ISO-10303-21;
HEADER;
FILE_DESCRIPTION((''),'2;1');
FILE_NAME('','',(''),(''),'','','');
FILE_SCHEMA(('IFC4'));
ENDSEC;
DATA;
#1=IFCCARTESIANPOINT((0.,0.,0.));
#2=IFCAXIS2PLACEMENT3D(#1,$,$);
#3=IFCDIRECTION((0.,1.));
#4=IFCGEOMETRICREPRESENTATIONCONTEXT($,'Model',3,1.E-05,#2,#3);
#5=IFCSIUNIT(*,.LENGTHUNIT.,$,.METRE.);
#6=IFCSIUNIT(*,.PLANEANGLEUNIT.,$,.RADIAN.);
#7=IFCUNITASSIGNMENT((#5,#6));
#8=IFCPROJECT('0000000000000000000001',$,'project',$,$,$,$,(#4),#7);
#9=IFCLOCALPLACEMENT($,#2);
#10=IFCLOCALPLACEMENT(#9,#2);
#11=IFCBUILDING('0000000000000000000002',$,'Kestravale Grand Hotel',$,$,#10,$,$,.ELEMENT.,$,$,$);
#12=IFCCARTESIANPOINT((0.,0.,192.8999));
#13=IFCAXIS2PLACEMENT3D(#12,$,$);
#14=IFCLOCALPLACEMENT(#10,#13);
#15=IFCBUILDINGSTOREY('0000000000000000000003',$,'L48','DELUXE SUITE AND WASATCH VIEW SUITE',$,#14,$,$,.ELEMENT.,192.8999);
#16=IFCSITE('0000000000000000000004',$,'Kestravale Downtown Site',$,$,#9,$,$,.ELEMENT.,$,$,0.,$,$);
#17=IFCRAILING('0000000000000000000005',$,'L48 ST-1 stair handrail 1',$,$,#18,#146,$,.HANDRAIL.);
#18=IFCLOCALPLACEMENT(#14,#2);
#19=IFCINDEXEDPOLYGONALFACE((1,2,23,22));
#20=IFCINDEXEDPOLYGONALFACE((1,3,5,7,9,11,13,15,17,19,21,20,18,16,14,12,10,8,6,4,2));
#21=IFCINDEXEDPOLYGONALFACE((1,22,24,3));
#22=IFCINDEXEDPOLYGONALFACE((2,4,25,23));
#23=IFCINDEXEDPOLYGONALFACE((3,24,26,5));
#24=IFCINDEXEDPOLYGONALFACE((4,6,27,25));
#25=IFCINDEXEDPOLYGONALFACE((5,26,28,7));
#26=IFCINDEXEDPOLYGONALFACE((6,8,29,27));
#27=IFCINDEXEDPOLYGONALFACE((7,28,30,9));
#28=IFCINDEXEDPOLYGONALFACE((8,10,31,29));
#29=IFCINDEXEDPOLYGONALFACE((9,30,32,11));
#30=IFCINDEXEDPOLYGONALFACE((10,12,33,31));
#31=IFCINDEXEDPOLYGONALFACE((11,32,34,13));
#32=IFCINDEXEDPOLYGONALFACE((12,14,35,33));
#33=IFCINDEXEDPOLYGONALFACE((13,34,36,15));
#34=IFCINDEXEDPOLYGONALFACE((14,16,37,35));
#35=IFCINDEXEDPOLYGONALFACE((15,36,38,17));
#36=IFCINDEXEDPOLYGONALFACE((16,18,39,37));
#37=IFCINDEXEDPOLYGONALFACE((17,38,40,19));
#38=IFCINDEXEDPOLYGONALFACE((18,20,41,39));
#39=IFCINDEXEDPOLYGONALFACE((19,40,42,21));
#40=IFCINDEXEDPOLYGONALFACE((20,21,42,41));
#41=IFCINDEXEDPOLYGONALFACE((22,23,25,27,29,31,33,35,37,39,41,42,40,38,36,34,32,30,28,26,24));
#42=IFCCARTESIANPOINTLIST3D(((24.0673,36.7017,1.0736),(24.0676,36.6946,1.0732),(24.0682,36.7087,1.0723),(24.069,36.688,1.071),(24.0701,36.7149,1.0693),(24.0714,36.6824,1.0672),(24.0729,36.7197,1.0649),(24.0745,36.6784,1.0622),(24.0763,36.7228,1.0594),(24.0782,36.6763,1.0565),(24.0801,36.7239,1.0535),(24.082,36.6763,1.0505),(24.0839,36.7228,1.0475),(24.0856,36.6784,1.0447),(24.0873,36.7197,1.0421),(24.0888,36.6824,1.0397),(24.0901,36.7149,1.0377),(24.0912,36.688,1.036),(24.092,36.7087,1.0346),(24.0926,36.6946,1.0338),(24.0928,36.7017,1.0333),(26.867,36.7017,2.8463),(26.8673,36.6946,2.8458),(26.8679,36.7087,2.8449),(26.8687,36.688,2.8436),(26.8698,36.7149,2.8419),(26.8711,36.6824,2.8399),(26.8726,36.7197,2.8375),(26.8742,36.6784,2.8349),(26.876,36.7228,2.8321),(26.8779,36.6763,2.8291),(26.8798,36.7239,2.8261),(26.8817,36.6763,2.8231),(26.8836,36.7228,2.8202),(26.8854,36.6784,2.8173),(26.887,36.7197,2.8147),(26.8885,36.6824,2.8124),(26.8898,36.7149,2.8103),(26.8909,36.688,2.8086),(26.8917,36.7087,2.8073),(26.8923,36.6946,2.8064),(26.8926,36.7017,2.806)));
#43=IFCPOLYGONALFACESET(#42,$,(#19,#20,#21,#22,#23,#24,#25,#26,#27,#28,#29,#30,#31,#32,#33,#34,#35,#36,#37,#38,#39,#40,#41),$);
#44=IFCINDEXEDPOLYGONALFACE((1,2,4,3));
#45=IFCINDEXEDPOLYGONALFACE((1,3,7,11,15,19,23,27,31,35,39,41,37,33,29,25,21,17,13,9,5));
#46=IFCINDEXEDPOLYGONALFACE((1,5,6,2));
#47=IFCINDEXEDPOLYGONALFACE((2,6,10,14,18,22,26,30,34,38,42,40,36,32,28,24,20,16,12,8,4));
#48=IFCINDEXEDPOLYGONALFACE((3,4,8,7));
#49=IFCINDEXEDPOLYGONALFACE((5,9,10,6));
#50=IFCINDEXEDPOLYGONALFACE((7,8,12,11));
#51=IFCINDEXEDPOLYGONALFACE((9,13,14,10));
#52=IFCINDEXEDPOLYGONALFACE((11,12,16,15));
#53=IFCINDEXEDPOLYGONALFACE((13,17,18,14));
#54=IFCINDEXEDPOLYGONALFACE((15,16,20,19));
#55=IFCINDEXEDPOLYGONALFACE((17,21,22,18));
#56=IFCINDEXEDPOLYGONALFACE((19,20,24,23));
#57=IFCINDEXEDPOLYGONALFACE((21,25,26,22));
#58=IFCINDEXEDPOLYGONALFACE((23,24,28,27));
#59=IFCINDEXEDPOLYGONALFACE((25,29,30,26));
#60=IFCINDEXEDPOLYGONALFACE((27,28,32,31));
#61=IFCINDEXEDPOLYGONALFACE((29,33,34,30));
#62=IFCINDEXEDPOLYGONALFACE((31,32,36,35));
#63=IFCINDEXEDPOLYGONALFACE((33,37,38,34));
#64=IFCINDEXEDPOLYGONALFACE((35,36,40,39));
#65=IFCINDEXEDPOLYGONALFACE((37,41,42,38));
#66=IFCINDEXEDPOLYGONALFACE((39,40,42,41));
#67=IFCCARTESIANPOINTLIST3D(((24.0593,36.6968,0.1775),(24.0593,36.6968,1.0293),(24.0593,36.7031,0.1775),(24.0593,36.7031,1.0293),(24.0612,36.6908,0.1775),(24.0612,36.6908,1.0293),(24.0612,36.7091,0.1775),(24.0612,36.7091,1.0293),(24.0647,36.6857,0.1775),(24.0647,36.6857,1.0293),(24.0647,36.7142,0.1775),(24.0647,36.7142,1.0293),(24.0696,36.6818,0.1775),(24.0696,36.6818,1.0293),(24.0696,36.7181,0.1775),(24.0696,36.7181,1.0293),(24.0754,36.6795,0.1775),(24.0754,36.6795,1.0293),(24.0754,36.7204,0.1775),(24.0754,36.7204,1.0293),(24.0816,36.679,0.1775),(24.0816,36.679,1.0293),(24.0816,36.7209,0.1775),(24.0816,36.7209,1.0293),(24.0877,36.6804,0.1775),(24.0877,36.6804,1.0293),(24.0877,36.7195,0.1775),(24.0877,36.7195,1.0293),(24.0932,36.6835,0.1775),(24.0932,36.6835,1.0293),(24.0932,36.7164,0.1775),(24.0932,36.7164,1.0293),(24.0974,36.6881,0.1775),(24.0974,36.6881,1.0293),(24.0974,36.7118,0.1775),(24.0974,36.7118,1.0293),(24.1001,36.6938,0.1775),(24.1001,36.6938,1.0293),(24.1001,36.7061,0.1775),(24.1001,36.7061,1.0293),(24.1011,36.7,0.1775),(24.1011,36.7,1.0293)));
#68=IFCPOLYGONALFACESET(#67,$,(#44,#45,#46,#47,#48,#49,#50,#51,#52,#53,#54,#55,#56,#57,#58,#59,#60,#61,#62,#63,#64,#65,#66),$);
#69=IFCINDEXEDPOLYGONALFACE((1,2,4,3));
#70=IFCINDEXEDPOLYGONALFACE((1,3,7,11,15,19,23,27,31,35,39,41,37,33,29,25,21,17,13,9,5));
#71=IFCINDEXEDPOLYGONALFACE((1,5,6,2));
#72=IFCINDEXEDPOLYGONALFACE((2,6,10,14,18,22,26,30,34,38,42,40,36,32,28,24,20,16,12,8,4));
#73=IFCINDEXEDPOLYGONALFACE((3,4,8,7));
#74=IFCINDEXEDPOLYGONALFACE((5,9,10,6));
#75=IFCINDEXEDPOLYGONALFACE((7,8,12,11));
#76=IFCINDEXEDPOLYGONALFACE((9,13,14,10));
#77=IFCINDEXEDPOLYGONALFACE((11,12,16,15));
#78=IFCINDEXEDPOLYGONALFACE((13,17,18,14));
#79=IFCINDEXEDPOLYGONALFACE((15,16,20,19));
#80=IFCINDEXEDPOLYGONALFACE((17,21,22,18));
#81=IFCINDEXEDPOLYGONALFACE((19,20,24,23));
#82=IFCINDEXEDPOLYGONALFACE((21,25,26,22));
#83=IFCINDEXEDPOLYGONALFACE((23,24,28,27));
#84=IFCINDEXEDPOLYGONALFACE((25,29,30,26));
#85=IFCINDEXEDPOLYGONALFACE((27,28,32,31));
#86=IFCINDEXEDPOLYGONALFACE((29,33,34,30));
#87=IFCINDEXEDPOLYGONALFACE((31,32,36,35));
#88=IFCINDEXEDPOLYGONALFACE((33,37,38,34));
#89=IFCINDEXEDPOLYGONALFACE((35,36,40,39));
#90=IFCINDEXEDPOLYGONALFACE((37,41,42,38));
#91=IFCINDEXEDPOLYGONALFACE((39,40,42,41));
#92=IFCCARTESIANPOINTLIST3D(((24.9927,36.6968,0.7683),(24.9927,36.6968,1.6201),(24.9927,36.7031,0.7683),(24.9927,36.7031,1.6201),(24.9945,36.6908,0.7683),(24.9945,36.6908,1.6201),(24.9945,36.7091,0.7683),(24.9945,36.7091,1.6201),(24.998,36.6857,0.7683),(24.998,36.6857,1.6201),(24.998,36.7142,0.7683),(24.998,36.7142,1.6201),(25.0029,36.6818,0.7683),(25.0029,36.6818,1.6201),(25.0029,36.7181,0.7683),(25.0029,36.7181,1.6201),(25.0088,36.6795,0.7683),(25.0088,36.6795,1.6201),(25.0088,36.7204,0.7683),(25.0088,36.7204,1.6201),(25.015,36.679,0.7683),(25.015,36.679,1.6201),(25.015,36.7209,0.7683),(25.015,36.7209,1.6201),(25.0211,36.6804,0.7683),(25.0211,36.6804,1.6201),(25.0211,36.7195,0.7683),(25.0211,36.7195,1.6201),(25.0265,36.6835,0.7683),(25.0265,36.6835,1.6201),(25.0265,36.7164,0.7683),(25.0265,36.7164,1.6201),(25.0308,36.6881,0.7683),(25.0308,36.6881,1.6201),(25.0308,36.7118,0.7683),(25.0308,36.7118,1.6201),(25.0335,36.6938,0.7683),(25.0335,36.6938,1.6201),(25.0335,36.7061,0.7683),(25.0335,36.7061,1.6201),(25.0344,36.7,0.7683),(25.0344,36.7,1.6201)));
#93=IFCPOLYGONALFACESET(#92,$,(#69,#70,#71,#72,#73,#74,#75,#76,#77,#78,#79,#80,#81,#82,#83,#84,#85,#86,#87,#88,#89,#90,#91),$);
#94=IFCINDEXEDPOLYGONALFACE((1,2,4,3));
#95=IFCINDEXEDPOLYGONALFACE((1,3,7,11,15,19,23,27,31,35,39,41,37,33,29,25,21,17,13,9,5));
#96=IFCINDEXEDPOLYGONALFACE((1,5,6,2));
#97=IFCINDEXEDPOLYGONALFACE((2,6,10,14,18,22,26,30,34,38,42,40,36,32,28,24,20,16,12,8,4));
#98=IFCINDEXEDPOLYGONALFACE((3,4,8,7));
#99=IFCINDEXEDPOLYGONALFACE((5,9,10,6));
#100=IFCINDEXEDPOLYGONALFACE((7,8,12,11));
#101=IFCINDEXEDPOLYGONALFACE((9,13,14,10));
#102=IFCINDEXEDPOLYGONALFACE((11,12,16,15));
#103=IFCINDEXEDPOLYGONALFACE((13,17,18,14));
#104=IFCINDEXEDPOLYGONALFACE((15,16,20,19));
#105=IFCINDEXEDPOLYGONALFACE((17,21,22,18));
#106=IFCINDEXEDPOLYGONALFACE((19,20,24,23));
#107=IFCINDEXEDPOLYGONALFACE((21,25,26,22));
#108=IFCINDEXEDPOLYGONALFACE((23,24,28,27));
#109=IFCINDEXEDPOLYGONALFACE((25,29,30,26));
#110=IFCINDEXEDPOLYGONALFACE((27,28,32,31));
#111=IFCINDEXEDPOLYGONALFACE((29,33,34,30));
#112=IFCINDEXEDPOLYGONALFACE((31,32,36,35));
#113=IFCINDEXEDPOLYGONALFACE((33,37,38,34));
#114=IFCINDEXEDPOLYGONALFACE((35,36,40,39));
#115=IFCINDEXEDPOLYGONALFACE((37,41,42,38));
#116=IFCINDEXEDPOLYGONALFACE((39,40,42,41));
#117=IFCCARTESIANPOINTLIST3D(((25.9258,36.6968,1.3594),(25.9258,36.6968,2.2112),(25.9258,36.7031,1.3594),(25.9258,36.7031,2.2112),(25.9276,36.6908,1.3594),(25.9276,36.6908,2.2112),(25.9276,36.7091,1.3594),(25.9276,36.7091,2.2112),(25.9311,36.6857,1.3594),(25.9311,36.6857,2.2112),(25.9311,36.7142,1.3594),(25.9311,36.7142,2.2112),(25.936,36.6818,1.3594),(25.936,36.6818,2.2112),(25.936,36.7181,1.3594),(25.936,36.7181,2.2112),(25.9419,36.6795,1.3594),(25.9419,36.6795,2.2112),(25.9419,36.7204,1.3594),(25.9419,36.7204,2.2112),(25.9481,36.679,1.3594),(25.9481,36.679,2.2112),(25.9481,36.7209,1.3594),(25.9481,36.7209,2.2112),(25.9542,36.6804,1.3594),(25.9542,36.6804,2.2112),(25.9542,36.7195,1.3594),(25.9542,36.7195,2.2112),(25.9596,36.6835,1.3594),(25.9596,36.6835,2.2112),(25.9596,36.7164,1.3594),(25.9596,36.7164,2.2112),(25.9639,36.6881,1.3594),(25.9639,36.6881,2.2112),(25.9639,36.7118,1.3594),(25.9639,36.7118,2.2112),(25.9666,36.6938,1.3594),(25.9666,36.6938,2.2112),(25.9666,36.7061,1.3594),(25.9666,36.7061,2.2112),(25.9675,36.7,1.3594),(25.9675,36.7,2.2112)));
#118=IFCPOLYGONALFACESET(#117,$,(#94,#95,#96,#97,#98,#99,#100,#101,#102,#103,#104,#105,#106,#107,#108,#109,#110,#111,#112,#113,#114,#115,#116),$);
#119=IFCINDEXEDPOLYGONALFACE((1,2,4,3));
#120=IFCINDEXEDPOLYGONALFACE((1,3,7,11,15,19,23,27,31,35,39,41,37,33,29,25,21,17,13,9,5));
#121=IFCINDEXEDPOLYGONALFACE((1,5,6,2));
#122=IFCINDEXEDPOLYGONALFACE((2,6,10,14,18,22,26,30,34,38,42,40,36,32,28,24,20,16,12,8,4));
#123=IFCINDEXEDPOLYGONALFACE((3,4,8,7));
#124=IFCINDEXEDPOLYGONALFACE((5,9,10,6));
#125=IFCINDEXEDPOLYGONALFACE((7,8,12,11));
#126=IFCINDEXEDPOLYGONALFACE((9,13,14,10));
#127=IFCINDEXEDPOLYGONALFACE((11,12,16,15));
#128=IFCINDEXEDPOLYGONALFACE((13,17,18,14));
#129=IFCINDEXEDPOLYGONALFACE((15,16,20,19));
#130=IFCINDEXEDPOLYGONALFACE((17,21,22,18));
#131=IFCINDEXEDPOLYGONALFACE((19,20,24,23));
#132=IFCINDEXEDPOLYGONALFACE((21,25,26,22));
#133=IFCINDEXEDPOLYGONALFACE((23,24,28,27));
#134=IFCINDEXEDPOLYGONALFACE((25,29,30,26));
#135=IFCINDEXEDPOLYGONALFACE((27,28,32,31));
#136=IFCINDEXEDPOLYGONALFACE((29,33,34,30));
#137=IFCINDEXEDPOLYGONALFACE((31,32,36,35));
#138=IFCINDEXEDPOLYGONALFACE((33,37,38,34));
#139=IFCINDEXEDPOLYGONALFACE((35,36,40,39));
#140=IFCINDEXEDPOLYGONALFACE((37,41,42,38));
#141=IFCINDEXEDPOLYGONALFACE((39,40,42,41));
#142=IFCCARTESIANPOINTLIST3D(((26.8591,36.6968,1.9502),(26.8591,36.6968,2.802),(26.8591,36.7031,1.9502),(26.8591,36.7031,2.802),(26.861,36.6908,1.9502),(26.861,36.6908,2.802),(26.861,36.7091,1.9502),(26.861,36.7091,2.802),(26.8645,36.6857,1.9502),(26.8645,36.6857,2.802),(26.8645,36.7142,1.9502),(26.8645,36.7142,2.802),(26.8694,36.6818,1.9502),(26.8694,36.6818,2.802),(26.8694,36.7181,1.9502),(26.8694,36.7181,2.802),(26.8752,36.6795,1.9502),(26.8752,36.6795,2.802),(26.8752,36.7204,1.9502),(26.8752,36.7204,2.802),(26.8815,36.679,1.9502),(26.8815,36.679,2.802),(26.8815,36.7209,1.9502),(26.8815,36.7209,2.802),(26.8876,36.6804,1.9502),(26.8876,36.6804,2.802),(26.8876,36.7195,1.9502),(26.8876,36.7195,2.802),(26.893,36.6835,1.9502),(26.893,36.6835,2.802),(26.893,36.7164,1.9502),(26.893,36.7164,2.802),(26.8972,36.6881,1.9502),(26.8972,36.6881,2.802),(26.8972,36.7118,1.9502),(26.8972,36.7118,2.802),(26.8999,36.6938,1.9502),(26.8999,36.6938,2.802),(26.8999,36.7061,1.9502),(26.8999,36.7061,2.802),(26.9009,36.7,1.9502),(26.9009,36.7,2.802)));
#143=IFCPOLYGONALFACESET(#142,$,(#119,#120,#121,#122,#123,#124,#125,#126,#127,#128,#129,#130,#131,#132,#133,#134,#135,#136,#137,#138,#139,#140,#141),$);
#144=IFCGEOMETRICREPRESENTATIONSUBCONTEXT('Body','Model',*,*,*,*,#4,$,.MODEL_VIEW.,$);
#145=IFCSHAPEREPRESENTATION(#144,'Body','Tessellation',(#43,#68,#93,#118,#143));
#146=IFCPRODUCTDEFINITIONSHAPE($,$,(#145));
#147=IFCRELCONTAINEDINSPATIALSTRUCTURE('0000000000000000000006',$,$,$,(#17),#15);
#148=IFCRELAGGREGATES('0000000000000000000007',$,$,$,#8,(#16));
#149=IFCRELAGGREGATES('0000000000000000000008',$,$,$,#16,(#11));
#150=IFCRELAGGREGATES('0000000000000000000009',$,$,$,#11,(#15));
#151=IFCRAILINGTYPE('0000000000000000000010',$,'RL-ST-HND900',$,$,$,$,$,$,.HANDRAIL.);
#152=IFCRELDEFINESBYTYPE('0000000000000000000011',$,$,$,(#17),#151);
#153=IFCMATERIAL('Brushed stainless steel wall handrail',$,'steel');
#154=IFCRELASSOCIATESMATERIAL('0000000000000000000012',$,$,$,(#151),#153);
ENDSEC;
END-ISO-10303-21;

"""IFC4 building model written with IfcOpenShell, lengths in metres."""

from ifc_helpers import new_model, si_unit, direction, frame, origin, origin_2d, place, context, subcontext, project, spatial, circle, extrude, material, type_object, element, save


model = new_model("IFC4")

# Units and contexts
model_context = context("Model", 3, precision=1e-05, world=origin(), true_north=direction((0.0, 1.0)))
body_context = subcontext(model_context, "Body", "Model", "MODEL_VIEW")
ifc_project = project(units=[si_unit("LENGTHUNIT", "METRE"), si_unit("PLANEANGLEUNIT", "RADIAN")], contexts=[model_context])

# Site, building, storey
site_placement = place(None, origin())
site = spatial("IfcSite", under=ifc_project, at=site_placement, Name="Kestravale Downtown Site", CompositionType="ELEMENT", RefElevation=0.0)
building_placement = place(site_placement, origin())
building = spatial("IfcBuilding", under=site, at=building_placement, Name="Kestravale Grand Hotel", CompositionType="ELEMENT")
storey_placement = place(building_placement, frame((0.0, 0.0, 192.8999)))
storey = spatial("IfcBuildingStorey", under=building, at=storey_placement, Name="L48", Description="DELUXE SUITE AND WASATCH VIEW SUITE", CompositionType="ELEMENT", Elevation=192.8999)

# Railing
ifc_material_1 = material(Name="Brushed stainless steel wall handrail", Category="steel")
railing_type_1 = type_object("IfcRailingType", Name="RL-ST-HND900", PredefinedType="HANDRAIL", material=ifc_material_1)
railing_1_placement = place(storey_placement, frame((24.0801, 36.7, 0.1775)))
element("IfcRailing", 1, at=railing_1_placement, inside=storey, type_object=railing_type_1, Name="L48 ST-1 stair handrail 1", PredefinedType="HANDRAIL", context=body_context, shape_type="SweptSolid", body=[
    extrude(circle(Radius=0.0239, at=origin_2d()), frame((0.0, 0.0, 0.876), z_axis=(0.844888, 0.0, 0.534943), x_axis=(0.0, 1.0, 0.0)), (0.0, 0.0, 1.0), 3.3137),
    extrude(circle(Radius=0.021, at=origin_2d()), origin(), (0.0, 0.0, 1.0), 0.8518),
    extrude(circle(Radius=0.021, at=origin_2d()), frame((0.9333, 0.0, 0.5908)), (0.0, 0.0, 1.0), 0.8518),
    extrude(circle(Radius=0.021, at=origin_2d()), frame((1.8665, 0.0, 1.1819)), (0.0, 0.0, 1.0), 0.8518),
    extrude(circle(Radius=0.021, at=origin_2d()), frame((2.7998, 0.0, 1.7727)), (0.0, 0.0, 1.0), 0.8518),
])

save(model, "model.ifc")
